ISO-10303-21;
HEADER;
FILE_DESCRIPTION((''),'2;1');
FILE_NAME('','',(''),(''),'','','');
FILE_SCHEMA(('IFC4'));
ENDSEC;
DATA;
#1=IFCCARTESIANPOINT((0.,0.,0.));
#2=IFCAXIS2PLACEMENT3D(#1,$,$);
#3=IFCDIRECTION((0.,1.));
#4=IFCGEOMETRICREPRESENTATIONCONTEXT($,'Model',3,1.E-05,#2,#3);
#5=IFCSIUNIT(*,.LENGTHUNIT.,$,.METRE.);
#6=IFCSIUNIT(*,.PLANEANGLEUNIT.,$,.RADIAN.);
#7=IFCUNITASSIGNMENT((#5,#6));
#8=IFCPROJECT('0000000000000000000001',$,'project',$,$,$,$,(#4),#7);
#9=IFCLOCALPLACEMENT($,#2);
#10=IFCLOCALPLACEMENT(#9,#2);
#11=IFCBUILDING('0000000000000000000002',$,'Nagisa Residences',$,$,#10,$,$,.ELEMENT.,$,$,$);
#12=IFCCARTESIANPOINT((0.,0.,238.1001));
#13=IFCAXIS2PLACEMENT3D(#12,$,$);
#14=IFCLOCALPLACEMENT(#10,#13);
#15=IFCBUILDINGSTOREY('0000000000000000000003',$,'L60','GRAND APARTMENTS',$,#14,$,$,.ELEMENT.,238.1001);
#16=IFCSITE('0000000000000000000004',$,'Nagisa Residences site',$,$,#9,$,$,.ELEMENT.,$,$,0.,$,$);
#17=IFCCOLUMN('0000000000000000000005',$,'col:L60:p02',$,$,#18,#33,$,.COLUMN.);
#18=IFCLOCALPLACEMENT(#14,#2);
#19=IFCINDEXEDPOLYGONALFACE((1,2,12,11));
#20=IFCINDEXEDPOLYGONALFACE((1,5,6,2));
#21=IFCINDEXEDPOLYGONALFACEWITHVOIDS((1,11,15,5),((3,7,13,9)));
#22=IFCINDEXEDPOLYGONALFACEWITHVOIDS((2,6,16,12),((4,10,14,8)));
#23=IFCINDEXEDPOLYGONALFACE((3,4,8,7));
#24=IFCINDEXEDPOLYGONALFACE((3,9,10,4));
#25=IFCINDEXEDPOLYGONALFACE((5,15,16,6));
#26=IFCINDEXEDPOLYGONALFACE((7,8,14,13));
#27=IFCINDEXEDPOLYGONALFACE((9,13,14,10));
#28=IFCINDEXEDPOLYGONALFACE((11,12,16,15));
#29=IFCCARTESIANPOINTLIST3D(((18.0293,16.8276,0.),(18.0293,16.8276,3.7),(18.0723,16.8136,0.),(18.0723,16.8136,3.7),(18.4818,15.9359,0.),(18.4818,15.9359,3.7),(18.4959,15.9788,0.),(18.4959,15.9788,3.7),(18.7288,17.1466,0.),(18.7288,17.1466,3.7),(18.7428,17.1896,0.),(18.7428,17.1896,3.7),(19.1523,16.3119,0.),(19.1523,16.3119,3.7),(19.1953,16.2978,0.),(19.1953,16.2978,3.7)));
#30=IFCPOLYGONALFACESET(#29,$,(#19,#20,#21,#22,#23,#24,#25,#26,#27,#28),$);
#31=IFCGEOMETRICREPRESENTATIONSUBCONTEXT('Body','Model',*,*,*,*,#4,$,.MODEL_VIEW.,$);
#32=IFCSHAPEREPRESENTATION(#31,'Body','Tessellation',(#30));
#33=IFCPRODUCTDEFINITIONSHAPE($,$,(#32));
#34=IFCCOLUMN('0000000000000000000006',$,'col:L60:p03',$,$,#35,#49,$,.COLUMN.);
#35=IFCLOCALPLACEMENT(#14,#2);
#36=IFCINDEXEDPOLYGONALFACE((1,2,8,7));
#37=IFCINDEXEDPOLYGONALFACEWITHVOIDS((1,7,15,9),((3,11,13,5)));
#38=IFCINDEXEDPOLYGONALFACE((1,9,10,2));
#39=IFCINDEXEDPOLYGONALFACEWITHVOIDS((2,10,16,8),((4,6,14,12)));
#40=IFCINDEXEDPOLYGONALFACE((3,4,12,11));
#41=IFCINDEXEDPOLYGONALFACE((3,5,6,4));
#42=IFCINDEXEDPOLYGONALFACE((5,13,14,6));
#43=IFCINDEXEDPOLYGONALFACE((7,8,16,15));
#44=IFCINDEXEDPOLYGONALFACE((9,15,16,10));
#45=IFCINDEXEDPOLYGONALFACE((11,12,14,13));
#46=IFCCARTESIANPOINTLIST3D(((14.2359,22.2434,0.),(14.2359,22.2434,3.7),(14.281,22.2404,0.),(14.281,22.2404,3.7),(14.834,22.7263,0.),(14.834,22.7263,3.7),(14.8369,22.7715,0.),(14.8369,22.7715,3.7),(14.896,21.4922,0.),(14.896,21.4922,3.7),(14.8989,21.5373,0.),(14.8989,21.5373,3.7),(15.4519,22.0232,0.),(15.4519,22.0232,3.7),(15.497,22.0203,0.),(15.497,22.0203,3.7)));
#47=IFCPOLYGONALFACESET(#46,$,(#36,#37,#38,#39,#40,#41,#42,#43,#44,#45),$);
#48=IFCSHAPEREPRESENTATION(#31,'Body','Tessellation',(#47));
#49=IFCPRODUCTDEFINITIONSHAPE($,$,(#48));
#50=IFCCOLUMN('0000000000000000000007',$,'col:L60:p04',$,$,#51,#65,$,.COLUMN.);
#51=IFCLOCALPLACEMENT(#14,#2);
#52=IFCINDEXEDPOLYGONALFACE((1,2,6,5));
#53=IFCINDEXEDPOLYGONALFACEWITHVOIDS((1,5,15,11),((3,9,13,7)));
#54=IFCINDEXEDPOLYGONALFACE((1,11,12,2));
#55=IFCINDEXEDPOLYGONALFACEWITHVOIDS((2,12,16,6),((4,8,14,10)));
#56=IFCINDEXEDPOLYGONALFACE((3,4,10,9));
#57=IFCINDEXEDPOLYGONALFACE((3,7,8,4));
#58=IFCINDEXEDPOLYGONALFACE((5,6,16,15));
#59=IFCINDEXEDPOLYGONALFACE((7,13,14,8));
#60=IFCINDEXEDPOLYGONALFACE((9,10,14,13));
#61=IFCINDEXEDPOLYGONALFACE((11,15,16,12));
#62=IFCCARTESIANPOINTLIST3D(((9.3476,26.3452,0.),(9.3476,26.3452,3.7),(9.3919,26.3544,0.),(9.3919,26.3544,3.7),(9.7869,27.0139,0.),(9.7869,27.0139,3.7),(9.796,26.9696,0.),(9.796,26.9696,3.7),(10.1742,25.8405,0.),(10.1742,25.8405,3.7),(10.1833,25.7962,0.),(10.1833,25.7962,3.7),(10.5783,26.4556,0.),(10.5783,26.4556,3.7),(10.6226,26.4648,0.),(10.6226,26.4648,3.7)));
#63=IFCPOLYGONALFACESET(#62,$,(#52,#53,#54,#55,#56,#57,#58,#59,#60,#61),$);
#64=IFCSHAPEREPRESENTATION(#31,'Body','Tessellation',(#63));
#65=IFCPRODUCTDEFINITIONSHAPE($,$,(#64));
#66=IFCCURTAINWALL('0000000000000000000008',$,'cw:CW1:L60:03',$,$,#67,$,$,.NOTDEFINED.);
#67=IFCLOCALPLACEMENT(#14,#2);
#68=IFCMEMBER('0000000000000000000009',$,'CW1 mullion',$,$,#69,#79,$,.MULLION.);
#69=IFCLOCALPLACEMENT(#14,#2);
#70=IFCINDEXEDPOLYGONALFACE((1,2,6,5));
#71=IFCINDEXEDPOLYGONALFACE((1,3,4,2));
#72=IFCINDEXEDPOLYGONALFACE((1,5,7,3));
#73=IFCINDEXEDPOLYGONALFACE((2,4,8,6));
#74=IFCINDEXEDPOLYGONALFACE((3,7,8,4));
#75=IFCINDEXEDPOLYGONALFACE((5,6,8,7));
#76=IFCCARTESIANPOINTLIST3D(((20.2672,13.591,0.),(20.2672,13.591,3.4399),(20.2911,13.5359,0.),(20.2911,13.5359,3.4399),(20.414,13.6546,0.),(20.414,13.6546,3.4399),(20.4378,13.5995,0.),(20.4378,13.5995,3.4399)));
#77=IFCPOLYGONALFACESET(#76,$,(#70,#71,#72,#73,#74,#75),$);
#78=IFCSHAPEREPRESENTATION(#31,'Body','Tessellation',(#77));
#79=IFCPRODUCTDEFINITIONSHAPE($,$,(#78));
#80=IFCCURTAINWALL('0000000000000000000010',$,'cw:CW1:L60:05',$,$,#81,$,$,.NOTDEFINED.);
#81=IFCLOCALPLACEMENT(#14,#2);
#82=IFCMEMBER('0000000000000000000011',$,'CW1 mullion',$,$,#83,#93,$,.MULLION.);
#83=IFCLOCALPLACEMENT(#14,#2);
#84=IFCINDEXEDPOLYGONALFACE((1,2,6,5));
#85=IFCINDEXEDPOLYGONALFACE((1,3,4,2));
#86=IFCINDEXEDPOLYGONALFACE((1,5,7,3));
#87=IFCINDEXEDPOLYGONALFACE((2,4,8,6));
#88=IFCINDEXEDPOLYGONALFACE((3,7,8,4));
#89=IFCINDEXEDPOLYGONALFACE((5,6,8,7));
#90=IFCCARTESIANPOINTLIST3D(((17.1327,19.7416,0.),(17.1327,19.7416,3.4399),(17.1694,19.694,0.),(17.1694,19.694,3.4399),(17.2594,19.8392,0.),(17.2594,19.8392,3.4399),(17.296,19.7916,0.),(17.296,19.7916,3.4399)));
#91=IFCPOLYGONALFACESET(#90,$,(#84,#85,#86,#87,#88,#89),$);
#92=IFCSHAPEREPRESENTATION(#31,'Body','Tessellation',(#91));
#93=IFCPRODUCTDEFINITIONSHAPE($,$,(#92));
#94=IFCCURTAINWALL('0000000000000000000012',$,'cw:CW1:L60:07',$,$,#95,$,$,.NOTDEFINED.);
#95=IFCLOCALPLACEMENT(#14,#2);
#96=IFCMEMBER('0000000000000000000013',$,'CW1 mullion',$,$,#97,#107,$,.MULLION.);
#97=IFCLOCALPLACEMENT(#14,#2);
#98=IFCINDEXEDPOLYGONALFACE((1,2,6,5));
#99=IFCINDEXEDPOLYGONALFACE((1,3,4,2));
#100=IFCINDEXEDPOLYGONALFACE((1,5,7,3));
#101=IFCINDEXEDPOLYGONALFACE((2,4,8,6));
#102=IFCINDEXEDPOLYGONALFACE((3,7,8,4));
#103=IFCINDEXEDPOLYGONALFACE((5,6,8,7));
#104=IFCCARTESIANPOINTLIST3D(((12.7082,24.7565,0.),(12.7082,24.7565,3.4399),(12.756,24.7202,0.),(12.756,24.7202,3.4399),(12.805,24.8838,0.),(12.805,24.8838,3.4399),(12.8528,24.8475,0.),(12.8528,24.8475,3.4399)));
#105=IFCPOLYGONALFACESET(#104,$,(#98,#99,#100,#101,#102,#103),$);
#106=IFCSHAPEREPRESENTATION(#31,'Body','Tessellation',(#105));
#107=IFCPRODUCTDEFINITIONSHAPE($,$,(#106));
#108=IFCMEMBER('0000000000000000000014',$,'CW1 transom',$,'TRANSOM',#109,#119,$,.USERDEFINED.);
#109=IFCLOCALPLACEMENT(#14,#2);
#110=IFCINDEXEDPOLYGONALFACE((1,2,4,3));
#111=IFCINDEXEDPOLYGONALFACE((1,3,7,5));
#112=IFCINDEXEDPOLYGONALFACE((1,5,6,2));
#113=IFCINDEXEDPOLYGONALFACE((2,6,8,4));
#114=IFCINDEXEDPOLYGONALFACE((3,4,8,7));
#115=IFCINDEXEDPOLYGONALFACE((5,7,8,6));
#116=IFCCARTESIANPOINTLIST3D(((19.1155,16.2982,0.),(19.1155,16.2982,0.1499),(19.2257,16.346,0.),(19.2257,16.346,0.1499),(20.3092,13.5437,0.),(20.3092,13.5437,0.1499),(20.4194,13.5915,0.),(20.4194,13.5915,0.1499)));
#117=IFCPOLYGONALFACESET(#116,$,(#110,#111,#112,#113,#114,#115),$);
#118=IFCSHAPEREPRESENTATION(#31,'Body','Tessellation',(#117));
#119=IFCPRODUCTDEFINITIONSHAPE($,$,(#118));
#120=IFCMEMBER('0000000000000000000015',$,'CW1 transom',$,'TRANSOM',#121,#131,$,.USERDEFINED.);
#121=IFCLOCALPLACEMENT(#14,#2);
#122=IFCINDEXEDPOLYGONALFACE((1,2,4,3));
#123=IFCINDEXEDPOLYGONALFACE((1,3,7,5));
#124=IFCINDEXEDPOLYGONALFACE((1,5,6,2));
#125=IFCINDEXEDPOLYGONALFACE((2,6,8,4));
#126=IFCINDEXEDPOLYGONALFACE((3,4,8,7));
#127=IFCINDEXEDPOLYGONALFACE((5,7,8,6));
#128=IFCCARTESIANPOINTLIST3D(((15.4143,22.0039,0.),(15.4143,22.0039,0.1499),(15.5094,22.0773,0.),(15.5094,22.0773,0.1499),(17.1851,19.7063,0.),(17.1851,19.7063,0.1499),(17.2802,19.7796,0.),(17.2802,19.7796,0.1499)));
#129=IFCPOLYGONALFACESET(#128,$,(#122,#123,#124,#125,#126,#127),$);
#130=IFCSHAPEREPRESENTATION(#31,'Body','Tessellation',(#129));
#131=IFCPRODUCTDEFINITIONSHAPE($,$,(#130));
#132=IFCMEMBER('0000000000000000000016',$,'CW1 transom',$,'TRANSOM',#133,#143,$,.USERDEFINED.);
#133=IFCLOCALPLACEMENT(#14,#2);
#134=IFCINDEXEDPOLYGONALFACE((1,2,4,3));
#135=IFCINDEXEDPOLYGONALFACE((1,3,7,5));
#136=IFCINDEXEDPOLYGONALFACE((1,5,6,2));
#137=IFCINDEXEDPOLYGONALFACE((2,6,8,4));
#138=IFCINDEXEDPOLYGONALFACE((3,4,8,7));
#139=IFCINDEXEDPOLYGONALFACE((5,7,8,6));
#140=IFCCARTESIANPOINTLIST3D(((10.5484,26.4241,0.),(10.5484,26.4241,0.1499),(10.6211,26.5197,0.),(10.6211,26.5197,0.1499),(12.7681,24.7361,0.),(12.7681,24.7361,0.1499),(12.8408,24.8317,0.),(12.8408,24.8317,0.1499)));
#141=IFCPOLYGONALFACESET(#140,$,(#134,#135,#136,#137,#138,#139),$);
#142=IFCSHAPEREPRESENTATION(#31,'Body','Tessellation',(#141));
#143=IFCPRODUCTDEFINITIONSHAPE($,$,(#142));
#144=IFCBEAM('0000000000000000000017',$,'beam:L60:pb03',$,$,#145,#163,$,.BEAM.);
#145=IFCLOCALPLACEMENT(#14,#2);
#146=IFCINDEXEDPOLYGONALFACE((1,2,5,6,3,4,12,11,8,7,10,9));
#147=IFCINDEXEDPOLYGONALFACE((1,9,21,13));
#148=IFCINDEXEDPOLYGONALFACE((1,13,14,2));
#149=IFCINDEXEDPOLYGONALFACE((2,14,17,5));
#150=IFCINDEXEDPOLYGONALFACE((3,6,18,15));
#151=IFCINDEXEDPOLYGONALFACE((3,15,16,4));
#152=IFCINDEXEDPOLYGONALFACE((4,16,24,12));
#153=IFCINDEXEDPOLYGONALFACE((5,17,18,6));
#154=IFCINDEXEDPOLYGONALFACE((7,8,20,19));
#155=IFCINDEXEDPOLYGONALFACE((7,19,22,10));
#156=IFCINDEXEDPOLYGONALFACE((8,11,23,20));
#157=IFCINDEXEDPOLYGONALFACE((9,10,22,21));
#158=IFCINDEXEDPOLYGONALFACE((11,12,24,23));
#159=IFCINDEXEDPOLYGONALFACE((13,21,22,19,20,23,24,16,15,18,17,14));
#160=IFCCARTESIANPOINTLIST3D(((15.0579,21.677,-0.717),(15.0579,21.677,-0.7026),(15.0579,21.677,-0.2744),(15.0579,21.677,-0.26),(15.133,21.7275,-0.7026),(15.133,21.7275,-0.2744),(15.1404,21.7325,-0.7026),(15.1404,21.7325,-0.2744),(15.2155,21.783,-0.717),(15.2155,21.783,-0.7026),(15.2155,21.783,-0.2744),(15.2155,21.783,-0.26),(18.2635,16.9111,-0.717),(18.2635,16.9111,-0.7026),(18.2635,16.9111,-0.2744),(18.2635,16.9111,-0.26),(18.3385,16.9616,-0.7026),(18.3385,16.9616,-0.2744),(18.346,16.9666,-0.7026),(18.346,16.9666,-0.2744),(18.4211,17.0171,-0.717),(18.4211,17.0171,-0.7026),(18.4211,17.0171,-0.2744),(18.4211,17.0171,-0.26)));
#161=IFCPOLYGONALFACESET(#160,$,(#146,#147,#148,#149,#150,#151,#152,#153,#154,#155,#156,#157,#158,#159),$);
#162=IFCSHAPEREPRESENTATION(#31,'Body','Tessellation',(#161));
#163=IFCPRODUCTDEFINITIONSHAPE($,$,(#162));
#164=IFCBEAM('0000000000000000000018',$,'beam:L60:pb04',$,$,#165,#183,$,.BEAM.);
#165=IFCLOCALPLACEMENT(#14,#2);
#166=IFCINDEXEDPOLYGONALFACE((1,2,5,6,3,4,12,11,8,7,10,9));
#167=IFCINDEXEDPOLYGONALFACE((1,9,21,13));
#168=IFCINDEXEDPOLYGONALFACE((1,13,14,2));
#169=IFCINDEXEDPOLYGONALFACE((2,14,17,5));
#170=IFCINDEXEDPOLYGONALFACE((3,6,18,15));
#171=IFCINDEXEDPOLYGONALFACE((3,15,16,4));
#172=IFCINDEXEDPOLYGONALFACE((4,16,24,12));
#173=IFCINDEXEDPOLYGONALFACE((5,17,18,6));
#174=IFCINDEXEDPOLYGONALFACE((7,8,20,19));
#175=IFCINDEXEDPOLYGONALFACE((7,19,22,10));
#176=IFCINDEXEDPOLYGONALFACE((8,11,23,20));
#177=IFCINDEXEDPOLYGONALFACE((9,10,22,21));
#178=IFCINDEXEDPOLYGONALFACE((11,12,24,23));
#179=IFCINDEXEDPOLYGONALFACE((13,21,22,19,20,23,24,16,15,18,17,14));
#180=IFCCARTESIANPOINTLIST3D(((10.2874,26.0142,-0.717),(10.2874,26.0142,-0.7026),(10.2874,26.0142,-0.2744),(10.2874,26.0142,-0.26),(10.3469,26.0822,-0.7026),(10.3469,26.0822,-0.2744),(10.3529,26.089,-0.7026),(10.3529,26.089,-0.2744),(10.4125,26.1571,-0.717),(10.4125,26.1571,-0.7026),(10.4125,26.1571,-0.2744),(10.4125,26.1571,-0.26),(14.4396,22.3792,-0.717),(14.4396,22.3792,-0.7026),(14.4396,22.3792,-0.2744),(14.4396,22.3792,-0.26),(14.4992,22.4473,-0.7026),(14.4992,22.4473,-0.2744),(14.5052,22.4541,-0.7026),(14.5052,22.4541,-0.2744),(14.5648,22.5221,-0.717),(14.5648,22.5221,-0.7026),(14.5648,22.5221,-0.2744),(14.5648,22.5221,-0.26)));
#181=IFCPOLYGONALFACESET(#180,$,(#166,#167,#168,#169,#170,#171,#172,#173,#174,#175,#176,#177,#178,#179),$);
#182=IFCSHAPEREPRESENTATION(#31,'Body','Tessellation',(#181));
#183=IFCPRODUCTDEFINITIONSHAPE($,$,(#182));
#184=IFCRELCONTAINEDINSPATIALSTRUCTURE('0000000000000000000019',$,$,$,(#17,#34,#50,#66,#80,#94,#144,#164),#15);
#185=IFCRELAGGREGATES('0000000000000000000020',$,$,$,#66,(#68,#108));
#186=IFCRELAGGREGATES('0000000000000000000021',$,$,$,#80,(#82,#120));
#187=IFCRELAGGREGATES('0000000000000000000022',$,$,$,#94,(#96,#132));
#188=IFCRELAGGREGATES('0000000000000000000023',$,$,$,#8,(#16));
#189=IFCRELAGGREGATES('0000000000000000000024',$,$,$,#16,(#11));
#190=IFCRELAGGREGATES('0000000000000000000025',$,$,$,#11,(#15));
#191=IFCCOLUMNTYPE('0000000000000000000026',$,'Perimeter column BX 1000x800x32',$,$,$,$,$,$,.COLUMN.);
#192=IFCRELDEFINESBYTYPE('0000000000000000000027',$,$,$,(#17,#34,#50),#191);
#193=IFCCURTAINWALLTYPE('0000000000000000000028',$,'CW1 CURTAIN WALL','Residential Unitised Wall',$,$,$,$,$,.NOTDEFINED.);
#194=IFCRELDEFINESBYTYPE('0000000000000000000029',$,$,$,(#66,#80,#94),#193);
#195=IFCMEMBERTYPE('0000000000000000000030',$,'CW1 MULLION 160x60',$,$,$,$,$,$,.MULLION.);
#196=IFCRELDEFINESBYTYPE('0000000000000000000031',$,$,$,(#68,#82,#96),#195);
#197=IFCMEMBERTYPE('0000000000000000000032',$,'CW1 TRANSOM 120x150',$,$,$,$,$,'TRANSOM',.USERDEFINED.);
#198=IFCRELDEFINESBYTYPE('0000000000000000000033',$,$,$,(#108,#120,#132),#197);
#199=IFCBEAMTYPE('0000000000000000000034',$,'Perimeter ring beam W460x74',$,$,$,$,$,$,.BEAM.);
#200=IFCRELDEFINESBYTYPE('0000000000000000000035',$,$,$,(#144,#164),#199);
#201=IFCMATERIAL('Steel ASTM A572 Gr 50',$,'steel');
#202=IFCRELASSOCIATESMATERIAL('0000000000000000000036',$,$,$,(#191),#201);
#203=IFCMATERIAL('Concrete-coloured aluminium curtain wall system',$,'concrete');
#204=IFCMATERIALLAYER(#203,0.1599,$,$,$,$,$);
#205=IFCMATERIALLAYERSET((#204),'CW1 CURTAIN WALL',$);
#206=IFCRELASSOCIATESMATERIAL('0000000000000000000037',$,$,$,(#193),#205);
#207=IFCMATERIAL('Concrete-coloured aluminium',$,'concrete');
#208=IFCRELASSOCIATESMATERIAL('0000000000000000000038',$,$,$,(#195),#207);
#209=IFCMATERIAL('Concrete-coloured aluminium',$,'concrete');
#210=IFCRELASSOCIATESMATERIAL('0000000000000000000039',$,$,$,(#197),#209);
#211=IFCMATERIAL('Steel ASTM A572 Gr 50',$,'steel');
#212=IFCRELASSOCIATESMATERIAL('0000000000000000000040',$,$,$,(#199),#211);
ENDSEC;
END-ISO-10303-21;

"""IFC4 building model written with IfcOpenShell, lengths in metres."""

from ifc_helpers import new_model, si_unit, direction, frame, origin, origin_2d, place, context, subcontext, project, spatial, rectangle, hollow_rectangle, i_section, extrude, material, layer, layer_set, material_profile, profile_set, type_object, element, aggregate, save


model = new_model("IFC4")

# Units and contexts
model_context = context("Model", 3, precision=1e-05, world=origin(), true_north=direction((0.0, 1.0)))
body_context = subcontext(model_context, "Body", "Model", "MODEL_VIEW")
ifc_project = project(units=[si_unit("LENGTHUNIT", "METRE"), si_unit("PLANEANGLEUNIT", "RADIAN")], contexts=[model_context])

# Site, building, storey
site_placement = place(None, origin())
site = spatial("IfcSite", under=ifc_project, at=site_placement, Name="Nagisa Residences site", CompositionType="ELEMENT", RefElevation=0.0)
building_placement = place(site_placement, origin())
building = spatial("IfcBuilding", under=site, at=building_placement, Name="Nagisa Residences", CompositionType="ELEMENT")
storey_placement = place(building_placement, frame((0.0, 0.0, 238.1001)))
storey = spatial("IfcBuildingStorey", under=building, at=storey_placement, Name="L60", Description="GRAND APARTMENTS", CompositionType="ELEMENT", Elevation=238.1001)

# Columns
ifc_material_1 = material(Name="Steel ASTM A572 Gr 50", Category="steel")
ifc_material_profile_1 = material_profile(ifc_material_1, hollow_rectangle(XDim=1.0, YDim=0.8, WallThickness=0.032, at=origin_2d()), Name="BX 1000x800x32")
ifc_profile_set_1 = profile_set([ifc_material_profile_1], Name="Steel ASTM A572 Gr 50")
column_type = type_object("IfcColumnType", Name="Perimeter column BX 1000x800x32", PredefinedType="COLUMN", material=ifc_profile_set_1)
for number, where, z_axis, x_axis, name in (
    (1, (18.6123, 16.5627, 0.0), (0.0, 0.0, 1.0), (-0.452463, 0.891783, 0.0), "col:L60:p02"),
    (2, (14.8665, 22.1318, 0.0), (0.0, 0.0, 1.0), (-0.660115, 0.751165, 0.0), "col:L60:p03"),
    (3, (9.9851, 26.405, 0.0), (0.0, 0.0, 1.0), (-0.835766, 0.549086, 0.0), "col:L60:p04"),
):
    element("IfcColumn", number, at=place(storey_placement, frame(where, z_axis=z_axis, x_axis=x_axis)), inside=storey, type_object=column_type, Name=name, PredefinedType="COLUMN", context=body_context, shape_type="SweptSolid", body=[
        extrude(hollow_rectangle(XDim=1.0, YDim=0.8, WallThickness=0.032, at=origin_2d()), origin(), (0.0, 0.0, 1.0), 3.7),
    ])

# Curtain walls, members
ifc_material_2 = material(Name="Concrete-coloured aluminium curtain wall system", Category="concrete")
ifc_layer_1 = layer(ifc_material_2, 0.1599)
ifc_layer_set_1 = layer_set([ifc_layer_1], Name="CW1 CURTAIN WALL")
curtain_wall_type = type_object("IfcCurtainWallType", Name="CW1 CURTAIN WALL", Description="Residential Unitised Wall", PredefinedType="NOTDEFINED", material=ifc_layer_set_1)
curtain_wall_1_placement = place(storey_placement, origin())
curtain_wall_1 = element("IfcCurtainWall", 4, at=curtain_wall_1_placement, inside=storey, type_object=curtain_wall_type, Name="cw:CW1:L60:03", PredefinedType="NOTDEFINED")
ifc_material_3 = material(Name="Concrete-coloured aluminium", Category="concrete")
ifc_material_profile_2 = material_profile(ifc_material_3, rectangle(XDim=0.1599, YDim=0.0601, at=origin_2d()), Name="CW1 MULLION 160x60")
ifc_profile_set_2 = profile_set([ifc_material_profile_2], Name="Concrete-coloured aluminium")
member_type_1 = type_object("IfcMemberType", Name="CW1 MULLION 160x60", PredefinedType="MULLION", material=ifc_profile_set_2)
member_1_placement = place(storey_placement, frame((20.3525, 13.5952, 0.0), z_axis=(0.0, 0.0, 1.0), x_axis=(-0.917543, -0.397636, 0.0)))
member_1 = element("IfcMember", 5, at=member_1_placement, type_object=member_type_1, Name="CW1 mullion", PredefinedType="MULLION", context=body_context, shape_type="SweptSolid", body=[
    extrude(rectangle(XDim=0.1599, YDim=0.0601, at=origin_2d()), origin(), (0.0, 0.0, 1.0), 3.4399),
])
curtain_wall_2_placement = place(storey_placement, origin())
curtain_wall_2 = element("IfcCurtainWall", 6, at=curtain_wall_2_placement, inside=storey, type_object=curtain_wall_type, Name="cw:CW1:L60:05", PredefinedType="NOTDEFINED")
member_2_placement = place(storey_placement, frame((17.2144, 19.7666, 0.0), z_axis=(0.0, 0.0, 1.0), x_axis=(-0.79207, -0.61043, 0.0)))
member_2 = element("IfcMember", 7, at=member_2_placement, type_object=member_type_1, Name="CW1 mullion", PredefinedType="MULLION", context=body_context, shape_type="SweptSolid", body=[
    extrude(rectangle(XDim=0.1599, YDim=0.0601, at=origin_2d()), origin(), (0.0, 0.0, 1.0), 3.4399),
])
curtain_wall_3_placement = place(storey_placement, origin())
curtain_wall_3 = element("IfcCurtainWall", 8, at=curtain_wall_3_placement, inside=storey, type_object=curtain_wall_type, Name="cw:CW1:L60:07", PredefinedType="NOTDEFINED")
member_3_placement = place(storey_placement, frame((12.7805, 24.802, 0.0), z_axis=(0.0, 0.0, 1.0), x_axis=(-0.605255, -0.796031, 0.0)))
member_3 = element("IfcMember", 9, at=member_3_placement, type_object=member_type_1, Name="CW1 mullion", PredefinedType="MULLION", context=body_context, shape_type="SweptSolid", body=[
    extrude(rectangle(XDim=0.1599, YDim=0.0601, at=origin_2d()), origin(), (0.0, 0.0, 1.0), 3.4399),
])

# Members
ifc_material_4 = material(Name="Concrete-coloured aluminium", Category="concrete")
ifc_material_profile_3 = material_profile(ifc_material_4, rectangle(XDim=0.1201, YDim=0.1499, at=origin_2d()), Name="CW1 TRANSOM 120x150")
ifc_profile_set_3 = profile_set([ifc_material_profile_3], Name="Concrete-coloured aluminium")
member_type_2 = type_object("IfcMemberType", Name="CW1 TRANSOM 120x150", ElementType="TRANSOM", PredefinedType="USERDEFINED", material=ifc_profile_set_3)
member_4_placement = place(storey_placement, frame((20.3643, 13.5676, 0.075), z_axis=(-0.397617, 0.917552, 0.0), x_axis=(-0.917552, -0.397617, 0.0)))
member_4 = element("IfcMember", 10, at=member_4_placement, type_object=member_type_2, Name="CW1 transom", ObjectType="TRANSOM", PredefinedType="USERDEFINED", context=body_context, shape_type="SweptSolid", body=[
    extrude(rectangle(XDim=0.1201, YDim=0.1499, at=origin_2d()), origin(), (0.0, 0.0, 1.0), 3.002),
])
member_5_placement = place(storey_placement, frame((17.2327, 19.7429, 0.075), z_axis=(-0.610439, 0.792064, 0.0), x_axis=(-0.792064, -0.610439, 0.0)))
member_5 = element("IfcMember", 11, at=member_5_placement, type_object=member_type_2, Name="CW1 transom", ObjectType="TRANSOM", PredefinedType="USERDEFINED", context=body_context, shape_type="SweptSolid", body=[
    extrude(rectangle(XDim=0.1201, YDim=0.1499, at=origin_2d()), origin(), (0.0, 0.0, 1.0), 2.9009),
])
member_6_placement = place(storey_placement, frame((12.8044, 24.7839, 0.075), z_axis=(-0.79599, 0.60531, 0.0), x_axis=(-0.60531, -0.79599, 0.0)))
member_6 = element("IfcMember", 12, at=member_6_placement, type_object=member_type_2, Name="CW1 transom", ObjectType="TRANSOM", PredefinedType="USERDEFINED", context=body_context, shape_type="SweptSolid", body=[
    extrude(rectangle(XDim=0.1201, YDim=0.1499, at=origin_2d()), origin(), (0.0, 0.0, 1.0), 2.7886),
])

# Beams
ifc_material_5 = material(Name="Steel ASTM A572 Gr 50", Category="steel")
ifc_material_profile_4 = material_profile(ifc_material_5, i_section(OverallWidth=0.1899, OverallDepth=0.457, WebThickness=0.009, FlangeThickness=0.0144, at=origin_2d()), Name="W460x74")
ifc_profile_set_4 = profile_set([ifc_material_profile_4], Name="Steel ASTM A572 Gr 50")
beam_type_1 = type_object("IfcBeamType", Name="Perimeter ring beam W460x74", PredefinedType="BEAM", material=ifc_profile_set_4)
beam_1_placement = place(storey_placement, frame((18.3423, 16.9641, -0.4885), z_axis=(-0.558109, 0.829768, 0.0), x_axis=(-0.829768, -0.558109, 0.0)))
element("IfcBeam", 13, at=beam_1_placement, inside=storey, type_object=beam_type_1, Name="beam:L60:pb03", PredefinedType="BEAM", context=body_context, shape_type="SweptSolid", body=[
    extrude(i_section(OverallWidth=0.1899, OverallDepth=0.457, WebThickness=0.009, FlangeThickness=0.0144, at=origin_2d()), origin(), (0.0, 0.0, 1.0), 5.7437),
])
beam_2_placement = place(storey_placement, frame((14.5022, 22.4507, -0.4885), z_axis=(-0.752423, 0.65868, 0.0), x_axis=(-0.65868, -0.752423, 0.0)))
element("IfcBeam", 14, at=beam_2_placement, inside=storey, type_object=beam_type_1, Name="beam:L60:pb04", PredefinedType="BEAM", context=body_context, shape_type="SweptSolid", body=[
    extrude(i_section(OverallWidth=0.1899, OverallDepth=0.457, WebThickness=0.009, FlangeThickness=0.0144, at=origin_2d()), origin(), (0.0, 0.0, 1.0), 5.5186),
])

aggregate(curtain_wall_1, [member_1, member_4])
aggregate(curtain_wall_2, [member_2, member_5])
aggregate(curtain_wall_3, [member_3, member_6])

save(model, "model.ifc")
